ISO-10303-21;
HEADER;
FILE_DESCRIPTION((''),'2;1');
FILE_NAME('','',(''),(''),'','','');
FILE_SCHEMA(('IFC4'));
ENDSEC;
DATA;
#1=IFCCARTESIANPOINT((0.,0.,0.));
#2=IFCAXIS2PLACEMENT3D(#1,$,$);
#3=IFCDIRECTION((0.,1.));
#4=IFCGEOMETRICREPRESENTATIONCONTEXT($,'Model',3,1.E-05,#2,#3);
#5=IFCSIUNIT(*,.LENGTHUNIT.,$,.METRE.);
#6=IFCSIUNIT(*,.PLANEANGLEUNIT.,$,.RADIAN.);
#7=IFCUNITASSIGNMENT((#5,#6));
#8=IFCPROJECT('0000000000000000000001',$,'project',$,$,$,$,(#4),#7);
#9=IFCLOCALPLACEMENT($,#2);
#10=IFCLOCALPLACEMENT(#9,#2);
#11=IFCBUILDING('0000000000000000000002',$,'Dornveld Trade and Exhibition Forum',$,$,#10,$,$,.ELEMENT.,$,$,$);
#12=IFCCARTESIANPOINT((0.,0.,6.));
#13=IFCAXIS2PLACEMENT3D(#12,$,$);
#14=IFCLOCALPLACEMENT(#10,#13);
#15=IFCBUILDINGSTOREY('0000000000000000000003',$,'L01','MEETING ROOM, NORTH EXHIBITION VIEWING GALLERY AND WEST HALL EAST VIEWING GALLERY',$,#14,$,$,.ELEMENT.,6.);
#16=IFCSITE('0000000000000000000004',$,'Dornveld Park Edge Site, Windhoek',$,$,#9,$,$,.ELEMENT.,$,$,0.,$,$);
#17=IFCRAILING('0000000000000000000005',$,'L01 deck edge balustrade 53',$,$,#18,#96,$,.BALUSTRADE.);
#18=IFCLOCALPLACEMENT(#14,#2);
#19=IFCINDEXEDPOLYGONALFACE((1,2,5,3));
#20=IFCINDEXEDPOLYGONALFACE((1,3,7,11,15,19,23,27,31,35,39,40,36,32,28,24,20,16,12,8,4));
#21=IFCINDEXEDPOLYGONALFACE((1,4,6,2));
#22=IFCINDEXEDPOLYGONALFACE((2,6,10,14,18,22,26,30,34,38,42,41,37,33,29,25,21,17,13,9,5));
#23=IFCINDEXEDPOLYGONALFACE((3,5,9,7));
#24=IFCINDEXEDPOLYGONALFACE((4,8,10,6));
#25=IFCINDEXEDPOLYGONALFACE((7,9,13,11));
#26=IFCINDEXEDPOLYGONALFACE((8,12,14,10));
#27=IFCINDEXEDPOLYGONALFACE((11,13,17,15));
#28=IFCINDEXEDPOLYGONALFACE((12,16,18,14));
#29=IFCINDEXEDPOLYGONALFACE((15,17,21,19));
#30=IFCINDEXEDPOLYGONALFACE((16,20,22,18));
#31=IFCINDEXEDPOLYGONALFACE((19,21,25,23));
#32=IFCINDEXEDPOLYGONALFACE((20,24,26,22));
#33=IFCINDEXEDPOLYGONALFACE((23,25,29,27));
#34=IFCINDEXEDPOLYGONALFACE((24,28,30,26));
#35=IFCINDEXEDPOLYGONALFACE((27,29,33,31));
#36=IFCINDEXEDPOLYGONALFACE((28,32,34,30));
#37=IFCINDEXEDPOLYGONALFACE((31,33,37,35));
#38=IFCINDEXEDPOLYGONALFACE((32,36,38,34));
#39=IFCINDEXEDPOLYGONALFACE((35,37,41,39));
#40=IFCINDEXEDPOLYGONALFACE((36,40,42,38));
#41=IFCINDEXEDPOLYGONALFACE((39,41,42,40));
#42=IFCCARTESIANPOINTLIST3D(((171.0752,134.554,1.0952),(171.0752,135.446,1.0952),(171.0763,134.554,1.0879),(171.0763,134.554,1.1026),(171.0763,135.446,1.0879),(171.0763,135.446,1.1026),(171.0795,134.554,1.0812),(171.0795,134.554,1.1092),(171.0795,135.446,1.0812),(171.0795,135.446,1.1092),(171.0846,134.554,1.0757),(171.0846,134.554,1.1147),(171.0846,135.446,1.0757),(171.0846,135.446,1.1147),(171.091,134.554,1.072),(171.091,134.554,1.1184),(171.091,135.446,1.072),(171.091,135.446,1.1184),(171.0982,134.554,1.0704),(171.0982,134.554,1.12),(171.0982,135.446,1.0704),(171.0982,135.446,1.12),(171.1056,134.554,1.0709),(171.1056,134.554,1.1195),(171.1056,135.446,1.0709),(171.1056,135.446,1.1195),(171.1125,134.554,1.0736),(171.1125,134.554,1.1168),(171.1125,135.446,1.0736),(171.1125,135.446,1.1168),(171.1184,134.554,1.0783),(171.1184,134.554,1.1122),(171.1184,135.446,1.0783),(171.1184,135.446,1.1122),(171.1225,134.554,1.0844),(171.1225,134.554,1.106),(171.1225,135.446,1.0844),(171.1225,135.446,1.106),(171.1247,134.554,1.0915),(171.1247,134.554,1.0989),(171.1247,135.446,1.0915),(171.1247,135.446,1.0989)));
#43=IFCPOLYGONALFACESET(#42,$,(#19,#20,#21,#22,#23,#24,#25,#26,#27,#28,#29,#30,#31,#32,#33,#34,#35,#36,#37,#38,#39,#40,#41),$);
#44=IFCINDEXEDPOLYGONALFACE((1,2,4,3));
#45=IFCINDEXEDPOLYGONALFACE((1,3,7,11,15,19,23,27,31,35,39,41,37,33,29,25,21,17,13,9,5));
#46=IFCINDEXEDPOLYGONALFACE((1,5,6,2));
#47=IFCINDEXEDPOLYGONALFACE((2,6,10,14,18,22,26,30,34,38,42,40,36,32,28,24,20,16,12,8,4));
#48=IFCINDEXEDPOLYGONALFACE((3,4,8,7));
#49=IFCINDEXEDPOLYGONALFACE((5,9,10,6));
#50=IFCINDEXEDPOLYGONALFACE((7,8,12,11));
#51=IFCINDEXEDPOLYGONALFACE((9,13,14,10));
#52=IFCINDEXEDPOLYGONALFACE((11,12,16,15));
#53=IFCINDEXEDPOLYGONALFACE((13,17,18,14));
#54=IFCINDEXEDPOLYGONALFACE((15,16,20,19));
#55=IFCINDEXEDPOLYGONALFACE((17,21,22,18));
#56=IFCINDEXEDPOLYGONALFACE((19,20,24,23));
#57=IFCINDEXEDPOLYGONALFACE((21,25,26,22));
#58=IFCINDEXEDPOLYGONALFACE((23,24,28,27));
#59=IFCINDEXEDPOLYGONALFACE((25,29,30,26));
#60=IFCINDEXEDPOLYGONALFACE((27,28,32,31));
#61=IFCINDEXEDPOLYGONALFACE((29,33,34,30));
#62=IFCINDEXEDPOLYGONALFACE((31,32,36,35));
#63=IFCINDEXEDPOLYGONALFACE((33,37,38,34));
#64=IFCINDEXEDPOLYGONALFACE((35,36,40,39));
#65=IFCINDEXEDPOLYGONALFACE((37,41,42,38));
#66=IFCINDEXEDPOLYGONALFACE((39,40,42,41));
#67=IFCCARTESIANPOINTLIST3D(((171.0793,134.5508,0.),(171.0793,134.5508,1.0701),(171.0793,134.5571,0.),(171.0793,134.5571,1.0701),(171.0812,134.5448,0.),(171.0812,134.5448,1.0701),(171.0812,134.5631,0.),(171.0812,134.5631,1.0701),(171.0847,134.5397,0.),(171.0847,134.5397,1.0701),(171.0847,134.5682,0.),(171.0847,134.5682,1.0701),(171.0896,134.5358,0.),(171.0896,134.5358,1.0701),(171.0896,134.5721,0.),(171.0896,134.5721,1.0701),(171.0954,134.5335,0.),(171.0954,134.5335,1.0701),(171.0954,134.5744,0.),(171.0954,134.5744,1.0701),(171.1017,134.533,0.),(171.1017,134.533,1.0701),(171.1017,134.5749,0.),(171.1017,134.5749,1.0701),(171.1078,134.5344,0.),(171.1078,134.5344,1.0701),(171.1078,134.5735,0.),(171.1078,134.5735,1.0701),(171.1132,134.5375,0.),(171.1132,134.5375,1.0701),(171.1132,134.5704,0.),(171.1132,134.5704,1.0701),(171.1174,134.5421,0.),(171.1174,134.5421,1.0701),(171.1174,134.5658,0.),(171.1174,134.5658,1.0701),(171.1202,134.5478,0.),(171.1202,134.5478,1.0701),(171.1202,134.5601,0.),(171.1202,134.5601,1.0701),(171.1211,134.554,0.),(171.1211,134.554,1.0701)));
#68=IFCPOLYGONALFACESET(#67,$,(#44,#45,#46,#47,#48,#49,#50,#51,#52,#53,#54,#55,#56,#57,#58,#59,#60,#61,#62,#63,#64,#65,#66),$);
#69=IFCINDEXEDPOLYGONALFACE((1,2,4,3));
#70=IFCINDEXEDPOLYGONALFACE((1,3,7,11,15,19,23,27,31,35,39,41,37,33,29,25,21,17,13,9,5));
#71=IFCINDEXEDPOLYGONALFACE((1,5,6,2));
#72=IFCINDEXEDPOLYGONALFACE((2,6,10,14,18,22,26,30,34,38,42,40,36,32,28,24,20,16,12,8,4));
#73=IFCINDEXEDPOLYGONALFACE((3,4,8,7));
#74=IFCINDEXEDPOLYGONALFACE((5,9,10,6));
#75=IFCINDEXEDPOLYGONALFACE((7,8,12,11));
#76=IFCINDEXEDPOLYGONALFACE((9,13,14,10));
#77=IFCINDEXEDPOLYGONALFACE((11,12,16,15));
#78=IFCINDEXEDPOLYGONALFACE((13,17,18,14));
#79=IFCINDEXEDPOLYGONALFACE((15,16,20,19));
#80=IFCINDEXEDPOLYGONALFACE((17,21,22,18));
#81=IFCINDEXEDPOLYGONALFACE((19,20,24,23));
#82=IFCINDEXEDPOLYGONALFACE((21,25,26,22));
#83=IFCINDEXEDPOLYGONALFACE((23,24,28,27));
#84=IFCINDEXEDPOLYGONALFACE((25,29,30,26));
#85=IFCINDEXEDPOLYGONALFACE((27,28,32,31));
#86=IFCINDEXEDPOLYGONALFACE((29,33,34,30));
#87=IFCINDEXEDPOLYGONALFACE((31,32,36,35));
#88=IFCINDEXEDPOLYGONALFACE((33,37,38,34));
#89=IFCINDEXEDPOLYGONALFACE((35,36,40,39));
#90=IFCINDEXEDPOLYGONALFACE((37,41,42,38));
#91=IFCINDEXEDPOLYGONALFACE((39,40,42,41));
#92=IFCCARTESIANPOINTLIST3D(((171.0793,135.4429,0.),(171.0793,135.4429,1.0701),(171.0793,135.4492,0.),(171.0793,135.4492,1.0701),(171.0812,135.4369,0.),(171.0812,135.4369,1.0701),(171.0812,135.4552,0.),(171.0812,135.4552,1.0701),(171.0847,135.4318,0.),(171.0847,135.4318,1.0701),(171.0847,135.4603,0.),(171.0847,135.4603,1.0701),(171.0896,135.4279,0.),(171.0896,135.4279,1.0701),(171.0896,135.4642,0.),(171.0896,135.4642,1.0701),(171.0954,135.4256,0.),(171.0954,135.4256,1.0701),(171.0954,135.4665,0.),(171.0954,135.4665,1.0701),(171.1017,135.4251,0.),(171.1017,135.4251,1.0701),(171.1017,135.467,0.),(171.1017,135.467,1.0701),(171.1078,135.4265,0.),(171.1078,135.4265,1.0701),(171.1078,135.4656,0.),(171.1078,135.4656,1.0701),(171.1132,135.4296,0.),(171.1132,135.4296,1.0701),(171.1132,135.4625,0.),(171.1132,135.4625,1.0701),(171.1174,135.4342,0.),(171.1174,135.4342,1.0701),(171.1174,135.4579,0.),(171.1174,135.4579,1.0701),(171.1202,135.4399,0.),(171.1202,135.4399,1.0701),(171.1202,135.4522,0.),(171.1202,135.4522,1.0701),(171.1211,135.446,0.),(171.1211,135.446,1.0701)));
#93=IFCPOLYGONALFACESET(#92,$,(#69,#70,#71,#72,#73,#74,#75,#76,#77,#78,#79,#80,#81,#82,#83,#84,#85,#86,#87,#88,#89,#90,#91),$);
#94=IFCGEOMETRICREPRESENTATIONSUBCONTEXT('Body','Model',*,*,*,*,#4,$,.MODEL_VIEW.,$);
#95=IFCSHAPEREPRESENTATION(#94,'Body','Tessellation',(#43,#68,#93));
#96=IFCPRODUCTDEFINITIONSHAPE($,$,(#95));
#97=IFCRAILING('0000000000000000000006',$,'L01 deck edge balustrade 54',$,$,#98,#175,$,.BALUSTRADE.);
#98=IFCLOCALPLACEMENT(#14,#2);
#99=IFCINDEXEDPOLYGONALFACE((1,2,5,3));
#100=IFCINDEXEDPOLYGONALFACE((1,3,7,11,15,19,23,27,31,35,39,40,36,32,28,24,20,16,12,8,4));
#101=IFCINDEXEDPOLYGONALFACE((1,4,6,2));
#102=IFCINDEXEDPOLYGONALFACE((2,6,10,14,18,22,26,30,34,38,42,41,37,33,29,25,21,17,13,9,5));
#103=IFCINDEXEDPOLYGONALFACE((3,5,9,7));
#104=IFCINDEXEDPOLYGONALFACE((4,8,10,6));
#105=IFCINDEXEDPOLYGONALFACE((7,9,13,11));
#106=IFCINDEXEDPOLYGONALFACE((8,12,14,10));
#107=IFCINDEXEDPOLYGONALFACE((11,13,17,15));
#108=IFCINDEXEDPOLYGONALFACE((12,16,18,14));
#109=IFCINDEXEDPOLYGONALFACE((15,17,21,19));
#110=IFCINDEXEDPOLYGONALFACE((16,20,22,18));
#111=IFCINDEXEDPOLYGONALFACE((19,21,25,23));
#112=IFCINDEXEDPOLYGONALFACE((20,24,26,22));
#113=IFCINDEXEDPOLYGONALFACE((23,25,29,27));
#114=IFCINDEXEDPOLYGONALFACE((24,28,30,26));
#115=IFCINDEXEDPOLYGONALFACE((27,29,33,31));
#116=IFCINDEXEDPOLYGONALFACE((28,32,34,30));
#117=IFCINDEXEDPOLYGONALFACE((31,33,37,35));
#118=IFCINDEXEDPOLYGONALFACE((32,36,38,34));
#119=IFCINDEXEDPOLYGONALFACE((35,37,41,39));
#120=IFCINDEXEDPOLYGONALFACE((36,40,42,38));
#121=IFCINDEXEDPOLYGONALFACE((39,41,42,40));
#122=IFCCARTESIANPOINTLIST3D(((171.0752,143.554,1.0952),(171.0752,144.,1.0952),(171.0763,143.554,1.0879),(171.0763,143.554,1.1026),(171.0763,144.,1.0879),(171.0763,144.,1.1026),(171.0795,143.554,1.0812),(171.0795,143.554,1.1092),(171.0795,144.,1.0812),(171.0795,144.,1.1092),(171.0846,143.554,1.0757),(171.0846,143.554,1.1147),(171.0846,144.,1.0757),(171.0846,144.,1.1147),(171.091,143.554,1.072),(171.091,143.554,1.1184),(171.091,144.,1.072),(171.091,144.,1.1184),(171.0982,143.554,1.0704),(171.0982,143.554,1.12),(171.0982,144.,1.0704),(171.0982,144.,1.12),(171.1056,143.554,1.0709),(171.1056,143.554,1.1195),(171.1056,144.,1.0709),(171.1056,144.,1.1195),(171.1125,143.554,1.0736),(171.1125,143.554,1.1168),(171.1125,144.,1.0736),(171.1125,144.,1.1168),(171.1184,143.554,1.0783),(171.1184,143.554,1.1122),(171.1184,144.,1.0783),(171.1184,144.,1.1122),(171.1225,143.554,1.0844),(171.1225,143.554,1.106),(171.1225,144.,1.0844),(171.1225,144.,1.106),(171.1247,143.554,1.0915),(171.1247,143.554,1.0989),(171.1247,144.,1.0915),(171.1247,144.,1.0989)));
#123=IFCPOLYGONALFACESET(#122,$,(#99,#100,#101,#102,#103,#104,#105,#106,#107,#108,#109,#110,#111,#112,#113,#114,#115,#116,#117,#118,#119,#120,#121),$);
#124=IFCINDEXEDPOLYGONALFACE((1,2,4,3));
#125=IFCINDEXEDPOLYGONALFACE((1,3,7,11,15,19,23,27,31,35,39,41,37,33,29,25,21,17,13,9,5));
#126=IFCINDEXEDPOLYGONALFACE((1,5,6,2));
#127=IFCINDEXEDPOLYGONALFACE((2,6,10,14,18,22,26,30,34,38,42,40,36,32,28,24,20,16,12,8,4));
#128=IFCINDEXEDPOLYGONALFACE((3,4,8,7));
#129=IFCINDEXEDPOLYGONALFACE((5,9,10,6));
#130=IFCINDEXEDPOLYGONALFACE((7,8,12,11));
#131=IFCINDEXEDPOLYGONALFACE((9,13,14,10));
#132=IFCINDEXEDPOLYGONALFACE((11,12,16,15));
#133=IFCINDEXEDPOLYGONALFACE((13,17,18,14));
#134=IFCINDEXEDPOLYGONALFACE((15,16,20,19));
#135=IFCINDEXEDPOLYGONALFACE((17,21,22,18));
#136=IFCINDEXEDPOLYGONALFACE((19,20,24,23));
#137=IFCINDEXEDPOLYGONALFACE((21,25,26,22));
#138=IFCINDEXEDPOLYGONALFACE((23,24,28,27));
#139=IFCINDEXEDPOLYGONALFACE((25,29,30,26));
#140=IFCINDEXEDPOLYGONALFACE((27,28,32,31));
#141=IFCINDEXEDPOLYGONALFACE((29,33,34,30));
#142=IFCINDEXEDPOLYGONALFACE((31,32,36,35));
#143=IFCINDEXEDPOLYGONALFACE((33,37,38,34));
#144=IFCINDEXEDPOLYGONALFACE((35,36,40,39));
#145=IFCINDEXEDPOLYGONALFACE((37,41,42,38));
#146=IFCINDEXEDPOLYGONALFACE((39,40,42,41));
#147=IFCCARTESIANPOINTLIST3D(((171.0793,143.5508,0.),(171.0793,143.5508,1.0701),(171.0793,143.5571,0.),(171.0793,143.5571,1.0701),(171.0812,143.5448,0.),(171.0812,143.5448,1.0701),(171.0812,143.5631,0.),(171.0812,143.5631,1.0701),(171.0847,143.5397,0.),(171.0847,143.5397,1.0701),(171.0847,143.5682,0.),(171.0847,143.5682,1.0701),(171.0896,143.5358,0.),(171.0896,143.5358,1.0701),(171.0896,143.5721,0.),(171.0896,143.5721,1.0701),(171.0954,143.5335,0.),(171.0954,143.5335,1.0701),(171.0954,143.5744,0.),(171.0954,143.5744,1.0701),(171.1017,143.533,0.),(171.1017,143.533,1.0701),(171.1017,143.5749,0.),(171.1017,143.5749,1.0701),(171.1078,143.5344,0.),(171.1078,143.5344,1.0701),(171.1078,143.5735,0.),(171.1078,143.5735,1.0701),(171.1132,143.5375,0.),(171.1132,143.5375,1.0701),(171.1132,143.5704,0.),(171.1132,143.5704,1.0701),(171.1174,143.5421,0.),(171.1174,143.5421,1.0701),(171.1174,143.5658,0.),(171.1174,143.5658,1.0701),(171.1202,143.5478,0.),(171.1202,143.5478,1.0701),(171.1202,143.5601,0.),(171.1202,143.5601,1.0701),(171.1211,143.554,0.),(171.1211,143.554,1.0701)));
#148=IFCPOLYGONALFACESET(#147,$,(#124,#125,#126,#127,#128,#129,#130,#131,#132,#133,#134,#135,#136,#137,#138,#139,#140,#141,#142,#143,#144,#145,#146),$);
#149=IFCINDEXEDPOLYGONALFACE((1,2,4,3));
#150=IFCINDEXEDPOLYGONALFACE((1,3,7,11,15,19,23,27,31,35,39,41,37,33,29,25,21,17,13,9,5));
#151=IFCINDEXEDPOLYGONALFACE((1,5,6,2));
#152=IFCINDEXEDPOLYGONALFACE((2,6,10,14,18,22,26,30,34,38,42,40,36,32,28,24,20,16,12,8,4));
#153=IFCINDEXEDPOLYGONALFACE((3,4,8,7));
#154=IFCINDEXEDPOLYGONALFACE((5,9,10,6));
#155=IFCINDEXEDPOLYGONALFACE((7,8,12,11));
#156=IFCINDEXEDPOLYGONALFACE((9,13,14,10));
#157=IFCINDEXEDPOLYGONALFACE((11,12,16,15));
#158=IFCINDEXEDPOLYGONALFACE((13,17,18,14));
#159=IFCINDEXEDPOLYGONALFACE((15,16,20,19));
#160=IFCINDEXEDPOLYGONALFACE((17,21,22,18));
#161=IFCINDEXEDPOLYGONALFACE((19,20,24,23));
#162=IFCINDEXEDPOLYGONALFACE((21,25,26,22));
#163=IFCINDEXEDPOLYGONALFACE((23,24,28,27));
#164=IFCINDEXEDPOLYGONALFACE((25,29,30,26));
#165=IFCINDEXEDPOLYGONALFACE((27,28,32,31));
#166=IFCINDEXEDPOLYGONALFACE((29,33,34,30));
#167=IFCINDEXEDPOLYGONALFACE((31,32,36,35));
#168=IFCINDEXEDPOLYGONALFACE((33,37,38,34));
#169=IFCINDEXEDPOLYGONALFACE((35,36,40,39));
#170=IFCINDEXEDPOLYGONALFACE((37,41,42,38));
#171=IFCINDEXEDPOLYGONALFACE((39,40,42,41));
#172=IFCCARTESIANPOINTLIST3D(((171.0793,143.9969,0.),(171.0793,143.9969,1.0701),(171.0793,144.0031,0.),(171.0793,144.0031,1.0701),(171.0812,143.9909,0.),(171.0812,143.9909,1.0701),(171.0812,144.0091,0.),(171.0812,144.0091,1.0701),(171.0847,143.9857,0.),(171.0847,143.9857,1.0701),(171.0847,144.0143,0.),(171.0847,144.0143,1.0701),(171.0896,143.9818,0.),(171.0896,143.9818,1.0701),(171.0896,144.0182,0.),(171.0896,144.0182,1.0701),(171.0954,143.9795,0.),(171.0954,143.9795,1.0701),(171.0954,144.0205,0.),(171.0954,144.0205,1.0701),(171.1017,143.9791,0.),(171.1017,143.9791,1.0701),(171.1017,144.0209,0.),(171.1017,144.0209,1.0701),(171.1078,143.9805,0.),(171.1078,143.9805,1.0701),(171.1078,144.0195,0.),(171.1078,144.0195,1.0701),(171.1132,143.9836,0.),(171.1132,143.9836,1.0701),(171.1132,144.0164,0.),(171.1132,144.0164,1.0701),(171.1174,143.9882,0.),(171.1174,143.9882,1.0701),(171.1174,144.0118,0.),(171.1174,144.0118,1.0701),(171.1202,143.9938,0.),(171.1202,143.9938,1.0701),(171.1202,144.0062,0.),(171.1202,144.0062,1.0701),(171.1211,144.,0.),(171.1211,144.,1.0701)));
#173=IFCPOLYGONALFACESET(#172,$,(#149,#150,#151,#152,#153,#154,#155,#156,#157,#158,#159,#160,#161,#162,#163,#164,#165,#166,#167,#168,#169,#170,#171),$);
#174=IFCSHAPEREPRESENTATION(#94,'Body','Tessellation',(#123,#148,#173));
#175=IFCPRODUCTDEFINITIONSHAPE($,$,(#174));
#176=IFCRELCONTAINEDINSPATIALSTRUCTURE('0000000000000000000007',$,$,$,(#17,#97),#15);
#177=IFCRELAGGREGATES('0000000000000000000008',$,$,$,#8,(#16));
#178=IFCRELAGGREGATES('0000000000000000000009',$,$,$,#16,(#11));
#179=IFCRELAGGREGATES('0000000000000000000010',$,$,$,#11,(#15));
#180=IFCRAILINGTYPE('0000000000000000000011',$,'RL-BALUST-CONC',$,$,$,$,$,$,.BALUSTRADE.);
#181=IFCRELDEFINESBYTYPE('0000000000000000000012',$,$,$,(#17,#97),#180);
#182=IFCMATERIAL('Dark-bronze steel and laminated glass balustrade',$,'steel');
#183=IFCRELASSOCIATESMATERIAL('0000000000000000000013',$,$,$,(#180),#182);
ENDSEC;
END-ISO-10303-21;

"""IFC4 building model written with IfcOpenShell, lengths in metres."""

from ifc_helpers import new_model, si_unit, direction, frame, origin, origin_2d, place, context, subcontext, project, spatial, circle, extrude, material, type_object, element, save


model = new_model("IFC4")

# Units and contexts
model_context = context("Model", 3, precision=1e-05, world=origin(), true_north=direction((0.0, 1.0)))
body_context = subcontext(model_context, "Body", "Model", "MODEL_VIEW")
ifc_project = project(units=[si_unit("LENGTHUNIT", "METRE"), si_unit("PLANEANGLEUNIT", "RADIAN")], contexts=[model_context])

# Site, building, storey
site_placement = place(None, origin())
site = spatial("IfcSite", under=ifc_project, at=site_placement, Name="Dornveld Park Edge Site, Windhoek", CompositionType="ELEMENT", RefElevation=0.0)
building_placement = place(site_placement, origin())
building = spatial("IfcBuilding", under=site, at=building_placement, Name="Dornveld Trade and Exhibition Forum", CompositionType="ELEMENT")
storey_placement = place(building_placement, frame((0.0, 0.0, 6.0)))
storey = spatial("IfcBuildingStorey", under=building, at=storey_placement, Name="L01", Description="MEETING ROOM, NORTH EXHIBITION VIEWING GALLERY AND WEST HALL EAST VIEWING GALLERY", CompositionType="ELEMENT", Elevation=6.0)

# Railings
ifc_material_1 = material(Name="Dark-bronze steel and laminated glass balustrade", Category="steel")
railing_type = type_object("IfcRailingType", Name="RL-BALUST-CONC", PredefinedType="BALUSTRADE", material=ifc_material_1)
railing_1_placement = place(storey_placement, frame((171.1001, 134.554, 0.0)))
element("IfcRailing", 1, at=railing_1_placement, inside=storey, type_object=railing_type, Name="L01 deck edge balustrade 53", PredefinedType="BALUSTRADE", context=body_context, shape_type="SweptSolid", body=[
    extrude(circle(Radius=0.0249, at=origin_2d()), frame((0.0, 0.0, 1.0952), z_axis=(0.0, 1.0, 0.0), x_axis=(-1.0, 0.0, 0.0)), (0.0, 0.0, 1.0), 0.8921),
    extrude(circle(Radius=0.021, at=origin_2d()), origin(), (0.0, 0.0, 1.0), 1.0701),
    extrude(circle(Radius=0.021, at=origin_2d()), frame((0.0, 0.8921, 0.0)), (0.0, 0.0, 1.0), 1.0701),
])
railing_2_placement = place(storey_placement, frame((171.1001, 143.554, 0.0)))
element("IfcRailing", 2, at=railing_2_placement, inside=storey, type_object=railing_type, Name="L01 deck edge balustrade 54", PredefinedType="BALUSTRADE", context=body_context, shape_type="SweptSolid", body=[
    extrude(circle(Radius=0.0249, at=origin_2d()), frame((0.0, 0.0, 1.0952), z_axis=(0.0, 1.0, 0.0), x_axis=(-1.0, 0.0, 0.0)), (0.0, 0.0, 1.0), 0.446),
    extrude(circle(Radius=0.021, at=origin_2d()), origin(), (0.0, 0.0, 1.0), 1.0701),
    extrude(circle(Radius=0.021, at=origin_2d()), frame((0.0, 0.446, 0.0)), (0.0, 0.0, 1.0), 1.0701),
])

save(model, "model.ifc")
